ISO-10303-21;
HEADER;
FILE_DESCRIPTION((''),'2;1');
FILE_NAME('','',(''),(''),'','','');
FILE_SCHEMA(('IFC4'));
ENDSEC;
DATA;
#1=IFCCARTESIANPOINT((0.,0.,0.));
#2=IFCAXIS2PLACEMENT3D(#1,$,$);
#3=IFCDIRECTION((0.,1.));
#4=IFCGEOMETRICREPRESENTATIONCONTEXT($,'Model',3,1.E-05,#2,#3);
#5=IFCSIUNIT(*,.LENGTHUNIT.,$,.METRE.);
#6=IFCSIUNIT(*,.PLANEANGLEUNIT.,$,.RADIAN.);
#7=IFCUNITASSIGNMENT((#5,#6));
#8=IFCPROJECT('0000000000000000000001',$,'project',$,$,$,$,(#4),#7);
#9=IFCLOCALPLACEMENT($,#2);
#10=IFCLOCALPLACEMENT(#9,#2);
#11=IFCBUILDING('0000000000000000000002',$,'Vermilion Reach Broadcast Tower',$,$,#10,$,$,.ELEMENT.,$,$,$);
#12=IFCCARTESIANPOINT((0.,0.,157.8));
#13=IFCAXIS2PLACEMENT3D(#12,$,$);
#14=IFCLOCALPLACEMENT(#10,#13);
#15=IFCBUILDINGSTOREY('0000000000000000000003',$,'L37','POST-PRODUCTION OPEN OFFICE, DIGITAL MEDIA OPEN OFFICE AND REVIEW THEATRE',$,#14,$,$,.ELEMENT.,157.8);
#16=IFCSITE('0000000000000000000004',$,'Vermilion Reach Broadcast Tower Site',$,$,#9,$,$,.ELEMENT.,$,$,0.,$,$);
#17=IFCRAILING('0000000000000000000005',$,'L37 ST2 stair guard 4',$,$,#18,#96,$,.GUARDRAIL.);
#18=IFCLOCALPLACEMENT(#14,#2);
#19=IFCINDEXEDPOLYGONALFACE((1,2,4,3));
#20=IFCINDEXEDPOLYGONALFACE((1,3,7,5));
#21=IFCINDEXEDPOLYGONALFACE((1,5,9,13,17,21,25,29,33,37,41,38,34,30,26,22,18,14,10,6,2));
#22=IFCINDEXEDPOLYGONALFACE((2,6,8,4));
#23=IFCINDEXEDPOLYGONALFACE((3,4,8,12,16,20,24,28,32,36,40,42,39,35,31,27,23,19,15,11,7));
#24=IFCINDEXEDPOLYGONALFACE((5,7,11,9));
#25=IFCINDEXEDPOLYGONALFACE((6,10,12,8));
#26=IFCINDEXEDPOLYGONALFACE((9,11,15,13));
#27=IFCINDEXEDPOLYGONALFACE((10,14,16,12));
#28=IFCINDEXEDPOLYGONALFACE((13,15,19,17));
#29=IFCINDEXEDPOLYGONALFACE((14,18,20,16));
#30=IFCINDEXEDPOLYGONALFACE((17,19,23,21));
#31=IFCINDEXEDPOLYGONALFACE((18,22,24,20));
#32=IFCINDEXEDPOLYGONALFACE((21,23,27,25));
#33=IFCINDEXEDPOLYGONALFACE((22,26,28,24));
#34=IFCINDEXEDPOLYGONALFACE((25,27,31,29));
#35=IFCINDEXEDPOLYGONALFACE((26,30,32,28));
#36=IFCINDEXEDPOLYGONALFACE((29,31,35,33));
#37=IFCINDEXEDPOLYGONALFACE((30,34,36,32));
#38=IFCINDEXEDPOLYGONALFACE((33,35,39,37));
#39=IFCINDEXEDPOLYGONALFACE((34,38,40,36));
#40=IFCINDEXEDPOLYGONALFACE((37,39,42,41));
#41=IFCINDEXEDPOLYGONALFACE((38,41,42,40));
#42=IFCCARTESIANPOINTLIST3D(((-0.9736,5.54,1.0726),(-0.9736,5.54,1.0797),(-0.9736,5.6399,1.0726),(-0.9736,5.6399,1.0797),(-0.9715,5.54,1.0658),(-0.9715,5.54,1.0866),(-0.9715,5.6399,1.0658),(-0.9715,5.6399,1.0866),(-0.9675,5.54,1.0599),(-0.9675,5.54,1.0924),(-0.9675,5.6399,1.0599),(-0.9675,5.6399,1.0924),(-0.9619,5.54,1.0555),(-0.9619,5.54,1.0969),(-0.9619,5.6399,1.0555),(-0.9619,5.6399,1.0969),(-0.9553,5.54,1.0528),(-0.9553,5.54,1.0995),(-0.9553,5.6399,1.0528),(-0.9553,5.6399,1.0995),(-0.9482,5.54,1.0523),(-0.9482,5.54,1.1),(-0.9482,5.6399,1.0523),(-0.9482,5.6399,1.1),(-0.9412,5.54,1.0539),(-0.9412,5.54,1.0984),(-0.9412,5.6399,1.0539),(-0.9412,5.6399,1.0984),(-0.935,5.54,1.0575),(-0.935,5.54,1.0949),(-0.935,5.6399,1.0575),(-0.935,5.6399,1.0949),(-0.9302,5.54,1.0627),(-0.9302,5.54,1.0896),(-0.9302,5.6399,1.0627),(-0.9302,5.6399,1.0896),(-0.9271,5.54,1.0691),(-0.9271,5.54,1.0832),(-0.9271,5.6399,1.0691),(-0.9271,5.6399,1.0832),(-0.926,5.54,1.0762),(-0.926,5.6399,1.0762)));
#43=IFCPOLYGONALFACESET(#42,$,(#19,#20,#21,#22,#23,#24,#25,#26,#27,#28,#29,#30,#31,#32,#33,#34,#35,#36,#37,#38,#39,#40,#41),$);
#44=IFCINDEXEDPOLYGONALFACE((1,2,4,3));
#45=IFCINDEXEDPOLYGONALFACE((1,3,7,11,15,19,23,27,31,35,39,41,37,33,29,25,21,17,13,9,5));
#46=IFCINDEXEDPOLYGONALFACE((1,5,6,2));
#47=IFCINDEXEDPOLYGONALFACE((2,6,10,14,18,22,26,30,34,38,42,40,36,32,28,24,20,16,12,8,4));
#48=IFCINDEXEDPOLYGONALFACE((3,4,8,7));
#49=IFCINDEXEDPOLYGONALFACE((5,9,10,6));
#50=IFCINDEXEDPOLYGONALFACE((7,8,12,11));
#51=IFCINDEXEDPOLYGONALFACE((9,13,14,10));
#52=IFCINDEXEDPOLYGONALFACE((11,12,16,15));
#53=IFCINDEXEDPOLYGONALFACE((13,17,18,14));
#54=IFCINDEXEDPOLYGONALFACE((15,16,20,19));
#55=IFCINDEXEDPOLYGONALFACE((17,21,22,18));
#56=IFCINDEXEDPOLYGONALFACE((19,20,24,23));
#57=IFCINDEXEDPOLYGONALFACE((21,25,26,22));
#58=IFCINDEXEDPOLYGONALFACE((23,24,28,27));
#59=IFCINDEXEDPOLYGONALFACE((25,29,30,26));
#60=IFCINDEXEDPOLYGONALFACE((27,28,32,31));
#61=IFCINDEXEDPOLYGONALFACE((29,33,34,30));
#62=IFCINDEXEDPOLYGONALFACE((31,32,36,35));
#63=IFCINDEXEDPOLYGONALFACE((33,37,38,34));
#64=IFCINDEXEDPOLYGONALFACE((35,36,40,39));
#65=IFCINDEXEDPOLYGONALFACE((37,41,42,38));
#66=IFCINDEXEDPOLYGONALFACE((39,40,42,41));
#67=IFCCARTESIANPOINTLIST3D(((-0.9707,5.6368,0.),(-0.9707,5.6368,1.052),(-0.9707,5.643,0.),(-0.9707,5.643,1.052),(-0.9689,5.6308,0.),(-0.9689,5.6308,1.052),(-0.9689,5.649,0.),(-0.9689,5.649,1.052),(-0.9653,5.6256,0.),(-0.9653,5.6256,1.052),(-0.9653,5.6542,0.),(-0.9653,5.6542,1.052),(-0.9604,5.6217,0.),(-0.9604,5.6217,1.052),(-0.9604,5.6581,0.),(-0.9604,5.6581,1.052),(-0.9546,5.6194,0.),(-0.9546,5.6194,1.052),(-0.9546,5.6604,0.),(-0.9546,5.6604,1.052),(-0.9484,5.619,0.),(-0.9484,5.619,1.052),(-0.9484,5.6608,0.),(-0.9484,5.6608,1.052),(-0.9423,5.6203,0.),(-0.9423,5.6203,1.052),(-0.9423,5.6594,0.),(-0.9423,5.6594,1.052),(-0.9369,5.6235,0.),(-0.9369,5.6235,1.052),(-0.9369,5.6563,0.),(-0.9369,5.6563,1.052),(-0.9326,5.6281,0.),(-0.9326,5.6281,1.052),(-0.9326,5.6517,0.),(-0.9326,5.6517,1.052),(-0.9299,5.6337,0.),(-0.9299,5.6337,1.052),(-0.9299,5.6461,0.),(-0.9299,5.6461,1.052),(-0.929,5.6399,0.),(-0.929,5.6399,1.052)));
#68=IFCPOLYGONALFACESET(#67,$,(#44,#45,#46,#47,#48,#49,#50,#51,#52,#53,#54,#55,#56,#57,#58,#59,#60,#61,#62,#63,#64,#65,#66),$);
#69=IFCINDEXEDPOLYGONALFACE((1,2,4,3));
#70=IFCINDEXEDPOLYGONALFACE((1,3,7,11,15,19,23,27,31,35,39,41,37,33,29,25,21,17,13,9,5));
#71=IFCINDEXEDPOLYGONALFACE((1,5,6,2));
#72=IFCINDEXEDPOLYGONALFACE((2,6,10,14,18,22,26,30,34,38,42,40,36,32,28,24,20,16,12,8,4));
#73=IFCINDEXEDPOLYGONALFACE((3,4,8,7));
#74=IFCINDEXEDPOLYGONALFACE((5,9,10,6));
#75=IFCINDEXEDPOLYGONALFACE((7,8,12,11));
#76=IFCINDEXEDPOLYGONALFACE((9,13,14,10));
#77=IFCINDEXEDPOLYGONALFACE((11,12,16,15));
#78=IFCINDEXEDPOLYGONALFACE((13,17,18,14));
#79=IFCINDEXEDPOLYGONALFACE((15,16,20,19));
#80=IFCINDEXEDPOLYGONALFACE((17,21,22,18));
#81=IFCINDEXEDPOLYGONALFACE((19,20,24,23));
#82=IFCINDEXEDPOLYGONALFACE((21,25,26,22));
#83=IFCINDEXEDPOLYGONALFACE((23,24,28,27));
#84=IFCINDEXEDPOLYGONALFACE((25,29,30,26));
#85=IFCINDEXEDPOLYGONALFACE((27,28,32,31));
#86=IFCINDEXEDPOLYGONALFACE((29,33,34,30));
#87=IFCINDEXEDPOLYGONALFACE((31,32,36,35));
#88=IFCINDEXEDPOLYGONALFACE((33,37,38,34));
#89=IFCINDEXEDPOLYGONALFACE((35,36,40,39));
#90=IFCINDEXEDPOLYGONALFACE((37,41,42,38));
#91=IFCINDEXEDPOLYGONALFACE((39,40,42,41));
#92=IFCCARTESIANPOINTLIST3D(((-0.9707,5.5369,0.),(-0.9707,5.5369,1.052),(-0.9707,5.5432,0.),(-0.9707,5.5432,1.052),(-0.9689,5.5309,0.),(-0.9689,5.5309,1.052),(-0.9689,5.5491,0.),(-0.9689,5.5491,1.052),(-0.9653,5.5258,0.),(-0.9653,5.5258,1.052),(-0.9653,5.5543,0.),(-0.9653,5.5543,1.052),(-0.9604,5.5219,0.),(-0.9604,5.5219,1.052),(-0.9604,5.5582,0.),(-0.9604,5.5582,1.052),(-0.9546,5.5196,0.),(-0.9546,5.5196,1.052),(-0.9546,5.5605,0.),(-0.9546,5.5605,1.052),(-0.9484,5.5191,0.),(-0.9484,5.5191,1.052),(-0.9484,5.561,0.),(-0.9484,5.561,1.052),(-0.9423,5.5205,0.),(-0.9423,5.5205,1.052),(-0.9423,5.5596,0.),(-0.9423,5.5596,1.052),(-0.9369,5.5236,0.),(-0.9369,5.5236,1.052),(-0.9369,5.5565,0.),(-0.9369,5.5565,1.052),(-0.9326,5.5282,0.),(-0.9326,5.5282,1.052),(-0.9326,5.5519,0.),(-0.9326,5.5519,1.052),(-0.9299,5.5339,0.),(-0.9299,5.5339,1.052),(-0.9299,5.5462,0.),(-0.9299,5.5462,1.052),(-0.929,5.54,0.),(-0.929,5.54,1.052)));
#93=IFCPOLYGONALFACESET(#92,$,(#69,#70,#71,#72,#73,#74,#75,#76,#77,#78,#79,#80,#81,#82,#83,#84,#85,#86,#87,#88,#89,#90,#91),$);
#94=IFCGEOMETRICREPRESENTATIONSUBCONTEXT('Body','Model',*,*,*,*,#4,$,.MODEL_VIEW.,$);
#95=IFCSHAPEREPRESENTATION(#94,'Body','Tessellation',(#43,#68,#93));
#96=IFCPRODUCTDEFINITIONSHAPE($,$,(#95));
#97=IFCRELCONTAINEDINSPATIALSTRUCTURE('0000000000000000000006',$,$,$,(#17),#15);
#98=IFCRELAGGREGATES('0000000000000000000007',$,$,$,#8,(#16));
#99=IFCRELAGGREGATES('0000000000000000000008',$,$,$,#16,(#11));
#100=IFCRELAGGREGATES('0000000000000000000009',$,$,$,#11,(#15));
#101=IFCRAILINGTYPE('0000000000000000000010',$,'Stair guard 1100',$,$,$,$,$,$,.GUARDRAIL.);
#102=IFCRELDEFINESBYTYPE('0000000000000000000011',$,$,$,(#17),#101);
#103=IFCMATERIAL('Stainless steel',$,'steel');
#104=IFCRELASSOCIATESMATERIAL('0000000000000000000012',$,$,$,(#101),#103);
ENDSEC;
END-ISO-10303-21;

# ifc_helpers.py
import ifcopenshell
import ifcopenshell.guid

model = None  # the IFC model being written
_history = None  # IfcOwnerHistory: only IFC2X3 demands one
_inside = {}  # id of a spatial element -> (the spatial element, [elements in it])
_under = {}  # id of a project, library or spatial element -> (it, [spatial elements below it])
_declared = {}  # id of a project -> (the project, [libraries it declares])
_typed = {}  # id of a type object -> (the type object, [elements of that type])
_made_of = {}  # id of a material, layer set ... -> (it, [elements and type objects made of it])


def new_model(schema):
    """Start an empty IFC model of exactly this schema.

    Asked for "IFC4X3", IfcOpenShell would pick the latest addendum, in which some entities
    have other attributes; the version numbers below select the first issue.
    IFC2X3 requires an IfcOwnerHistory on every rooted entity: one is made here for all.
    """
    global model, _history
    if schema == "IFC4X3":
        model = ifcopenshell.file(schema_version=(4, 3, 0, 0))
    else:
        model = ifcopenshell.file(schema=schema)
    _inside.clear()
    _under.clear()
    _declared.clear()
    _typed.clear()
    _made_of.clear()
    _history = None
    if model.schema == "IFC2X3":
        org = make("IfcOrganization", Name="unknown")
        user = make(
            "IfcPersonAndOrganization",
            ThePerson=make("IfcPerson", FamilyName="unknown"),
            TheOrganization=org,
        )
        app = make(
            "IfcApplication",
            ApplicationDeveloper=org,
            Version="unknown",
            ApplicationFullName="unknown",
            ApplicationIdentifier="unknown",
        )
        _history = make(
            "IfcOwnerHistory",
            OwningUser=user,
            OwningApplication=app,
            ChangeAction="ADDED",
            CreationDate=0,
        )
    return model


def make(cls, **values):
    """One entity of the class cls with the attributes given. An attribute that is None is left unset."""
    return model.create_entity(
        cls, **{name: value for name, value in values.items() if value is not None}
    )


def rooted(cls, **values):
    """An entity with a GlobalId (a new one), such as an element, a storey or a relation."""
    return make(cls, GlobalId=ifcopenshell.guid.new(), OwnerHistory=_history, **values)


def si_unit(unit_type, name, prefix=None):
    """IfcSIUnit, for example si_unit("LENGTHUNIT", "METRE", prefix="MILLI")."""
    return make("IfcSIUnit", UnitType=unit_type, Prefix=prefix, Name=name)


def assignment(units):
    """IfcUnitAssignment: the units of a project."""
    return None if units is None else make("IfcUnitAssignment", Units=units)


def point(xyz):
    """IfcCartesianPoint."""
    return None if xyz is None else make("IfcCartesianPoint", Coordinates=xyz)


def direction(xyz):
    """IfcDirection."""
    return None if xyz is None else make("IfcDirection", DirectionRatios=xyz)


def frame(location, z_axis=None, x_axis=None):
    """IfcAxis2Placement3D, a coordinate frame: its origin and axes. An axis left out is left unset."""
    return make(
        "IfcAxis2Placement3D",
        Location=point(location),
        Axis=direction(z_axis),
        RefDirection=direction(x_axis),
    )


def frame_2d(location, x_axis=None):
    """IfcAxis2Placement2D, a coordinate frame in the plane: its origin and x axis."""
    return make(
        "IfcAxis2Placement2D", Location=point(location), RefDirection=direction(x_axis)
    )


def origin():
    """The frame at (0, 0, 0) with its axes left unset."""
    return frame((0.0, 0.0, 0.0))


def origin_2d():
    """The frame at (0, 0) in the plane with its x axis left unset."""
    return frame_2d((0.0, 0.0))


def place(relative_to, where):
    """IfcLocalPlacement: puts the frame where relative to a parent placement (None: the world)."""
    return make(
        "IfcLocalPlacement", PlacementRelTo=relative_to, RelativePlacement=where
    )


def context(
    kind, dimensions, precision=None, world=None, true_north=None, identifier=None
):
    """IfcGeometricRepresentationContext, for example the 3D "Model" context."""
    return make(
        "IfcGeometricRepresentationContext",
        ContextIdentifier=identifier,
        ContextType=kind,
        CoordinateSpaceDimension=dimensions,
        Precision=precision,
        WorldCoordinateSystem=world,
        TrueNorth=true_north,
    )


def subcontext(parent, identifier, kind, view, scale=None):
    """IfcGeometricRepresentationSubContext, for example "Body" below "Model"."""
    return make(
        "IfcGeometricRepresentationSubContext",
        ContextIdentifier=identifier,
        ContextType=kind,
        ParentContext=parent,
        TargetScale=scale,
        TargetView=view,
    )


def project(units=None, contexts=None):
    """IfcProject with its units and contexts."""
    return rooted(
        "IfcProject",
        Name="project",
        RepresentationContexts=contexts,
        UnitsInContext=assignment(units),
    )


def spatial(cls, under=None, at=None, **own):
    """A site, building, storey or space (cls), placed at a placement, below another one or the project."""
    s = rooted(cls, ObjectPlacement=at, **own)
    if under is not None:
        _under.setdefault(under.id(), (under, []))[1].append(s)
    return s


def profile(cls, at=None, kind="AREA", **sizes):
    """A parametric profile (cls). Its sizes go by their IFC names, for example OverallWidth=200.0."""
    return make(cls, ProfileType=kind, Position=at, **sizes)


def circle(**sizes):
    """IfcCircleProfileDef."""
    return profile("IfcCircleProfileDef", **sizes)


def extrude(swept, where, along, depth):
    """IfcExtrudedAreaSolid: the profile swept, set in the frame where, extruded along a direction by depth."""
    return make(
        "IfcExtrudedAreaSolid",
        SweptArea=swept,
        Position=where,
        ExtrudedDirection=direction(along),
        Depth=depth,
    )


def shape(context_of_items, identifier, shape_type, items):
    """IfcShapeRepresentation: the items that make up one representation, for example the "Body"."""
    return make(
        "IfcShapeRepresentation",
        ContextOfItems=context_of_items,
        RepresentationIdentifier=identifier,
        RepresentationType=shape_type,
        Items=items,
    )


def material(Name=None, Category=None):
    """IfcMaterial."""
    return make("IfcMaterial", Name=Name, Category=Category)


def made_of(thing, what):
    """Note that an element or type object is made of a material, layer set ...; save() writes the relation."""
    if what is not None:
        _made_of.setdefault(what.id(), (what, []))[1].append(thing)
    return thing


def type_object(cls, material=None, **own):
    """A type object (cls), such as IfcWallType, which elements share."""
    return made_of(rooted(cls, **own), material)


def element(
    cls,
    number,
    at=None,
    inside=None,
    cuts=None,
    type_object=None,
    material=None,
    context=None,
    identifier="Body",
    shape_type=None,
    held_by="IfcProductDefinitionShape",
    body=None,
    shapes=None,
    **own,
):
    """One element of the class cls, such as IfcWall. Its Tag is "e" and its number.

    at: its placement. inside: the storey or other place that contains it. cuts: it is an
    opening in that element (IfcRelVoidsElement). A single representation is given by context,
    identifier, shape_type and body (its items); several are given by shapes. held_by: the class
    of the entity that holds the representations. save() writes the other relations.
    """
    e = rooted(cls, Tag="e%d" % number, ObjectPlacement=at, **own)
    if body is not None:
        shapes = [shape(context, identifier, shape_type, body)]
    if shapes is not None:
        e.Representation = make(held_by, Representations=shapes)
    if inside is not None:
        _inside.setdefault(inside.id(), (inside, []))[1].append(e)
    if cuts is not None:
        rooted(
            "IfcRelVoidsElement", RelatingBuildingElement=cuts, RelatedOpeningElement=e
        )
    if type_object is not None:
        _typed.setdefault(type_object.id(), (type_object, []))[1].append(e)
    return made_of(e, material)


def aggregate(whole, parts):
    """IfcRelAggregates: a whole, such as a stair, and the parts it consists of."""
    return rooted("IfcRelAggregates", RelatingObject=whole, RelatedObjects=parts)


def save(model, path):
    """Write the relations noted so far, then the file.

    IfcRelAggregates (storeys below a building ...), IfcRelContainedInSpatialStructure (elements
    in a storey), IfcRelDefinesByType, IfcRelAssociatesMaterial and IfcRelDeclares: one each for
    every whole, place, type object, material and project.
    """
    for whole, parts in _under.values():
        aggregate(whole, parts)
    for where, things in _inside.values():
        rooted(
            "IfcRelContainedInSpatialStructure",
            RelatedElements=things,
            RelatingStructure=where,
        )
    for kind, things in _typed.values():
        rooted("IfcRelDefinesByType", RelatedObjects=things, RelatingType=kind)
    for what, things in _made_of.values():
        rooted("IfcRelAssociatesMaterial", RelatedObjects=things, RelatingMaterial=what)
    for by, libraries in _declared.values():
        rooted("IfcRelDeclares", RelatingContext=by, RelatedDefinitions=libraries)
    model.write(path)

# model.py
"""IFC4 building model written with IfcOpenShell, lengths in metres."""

from ifc_helpers import new_model, si_unit, direction, frame, origin, origin_2d, place, context, subcontext, project, spatial, circle, extrude, material, type_object, element, save


model = new_model("IFC4")

# Units and contexts
model_context = context("Model", 3, precision=1e-05, world=origin(), true_north=direction((0.0, 1.0)))
body_context = subcontext(model_context, "Body", "Model", "MODEL_VIEW")
ifc_project = project(units=[si_unit("LENGTHUNIT", "METRE"), si_unit("PLANEANGLEUNIT", "RADIAN")], contexts=[model_context])

# Site, building, storey
site_placement = place(None, origin())
site = spatial("IfcSite", under=ifc_project, at=site_placement, Name="Vermilion Reach Broadcast Tower Site", CompositionType="ELEMENT", RefElevation=0.0)
building_placement = place(site_placement, origin())
building = spatial("IfcBuilding", under=site, at=building_placement, Name="Vermilion Reach Broadcast Tower", CompositionType="ELEMENT")
storey_placement = place(building_placement, frame((0.0, 0.0, 157.8)))
storey = spatial("IfcBuildingStorey", under=building, at=storey_placement, Name="L37", Description="POST-PRODUCTION OPEN OFFICE, DIGITAL MEDIA OPEN OFFICE AND REVIEW THEATRE", CompositionType="ELEMENT", Elevation=157.8)

# Railing
ifc_material_1 = material(Name="Stainless steel", Category="steel")
railing_type_1 = type_object("IfcRailingType", Name="Stair guard 1100", PredefinedType="GUARDRAIL", material=ifc_material_1)
railing_1_placement = place(storey_placement, frame((-0.95, 5.6399, 0.0)))
element("IfcRailing", 1, at=railing_1_placement, inside=storey, type_object=railing_type_1, Name="L37 ST2 stair guard 4", PredefinedType="GUARDRAIL", context=body_context, shape_type="SweptSolid", body=[
    extrude(circle(Radius=0.0239, at=origin_2d()), frame((0.0, 0.0, 1.0762), z_axis=(0.0, -1.0, 0.0), x_axis=(1.0, 0.0, 0.0)), (0.0, 0.0, 1.0), 0.0999),
    extrude(circle(Radius=0.021, at=origin_2d()), origin(), (0.0, 0.0, 1.0), 1.052),
    extrude(circle(Radius=0.021, at=origin_2d()), frame((0.0, -0.0999, 0.0)), (0.0, 0.0, 1.0), 1.052),
])

save(model, "model.ifc")
